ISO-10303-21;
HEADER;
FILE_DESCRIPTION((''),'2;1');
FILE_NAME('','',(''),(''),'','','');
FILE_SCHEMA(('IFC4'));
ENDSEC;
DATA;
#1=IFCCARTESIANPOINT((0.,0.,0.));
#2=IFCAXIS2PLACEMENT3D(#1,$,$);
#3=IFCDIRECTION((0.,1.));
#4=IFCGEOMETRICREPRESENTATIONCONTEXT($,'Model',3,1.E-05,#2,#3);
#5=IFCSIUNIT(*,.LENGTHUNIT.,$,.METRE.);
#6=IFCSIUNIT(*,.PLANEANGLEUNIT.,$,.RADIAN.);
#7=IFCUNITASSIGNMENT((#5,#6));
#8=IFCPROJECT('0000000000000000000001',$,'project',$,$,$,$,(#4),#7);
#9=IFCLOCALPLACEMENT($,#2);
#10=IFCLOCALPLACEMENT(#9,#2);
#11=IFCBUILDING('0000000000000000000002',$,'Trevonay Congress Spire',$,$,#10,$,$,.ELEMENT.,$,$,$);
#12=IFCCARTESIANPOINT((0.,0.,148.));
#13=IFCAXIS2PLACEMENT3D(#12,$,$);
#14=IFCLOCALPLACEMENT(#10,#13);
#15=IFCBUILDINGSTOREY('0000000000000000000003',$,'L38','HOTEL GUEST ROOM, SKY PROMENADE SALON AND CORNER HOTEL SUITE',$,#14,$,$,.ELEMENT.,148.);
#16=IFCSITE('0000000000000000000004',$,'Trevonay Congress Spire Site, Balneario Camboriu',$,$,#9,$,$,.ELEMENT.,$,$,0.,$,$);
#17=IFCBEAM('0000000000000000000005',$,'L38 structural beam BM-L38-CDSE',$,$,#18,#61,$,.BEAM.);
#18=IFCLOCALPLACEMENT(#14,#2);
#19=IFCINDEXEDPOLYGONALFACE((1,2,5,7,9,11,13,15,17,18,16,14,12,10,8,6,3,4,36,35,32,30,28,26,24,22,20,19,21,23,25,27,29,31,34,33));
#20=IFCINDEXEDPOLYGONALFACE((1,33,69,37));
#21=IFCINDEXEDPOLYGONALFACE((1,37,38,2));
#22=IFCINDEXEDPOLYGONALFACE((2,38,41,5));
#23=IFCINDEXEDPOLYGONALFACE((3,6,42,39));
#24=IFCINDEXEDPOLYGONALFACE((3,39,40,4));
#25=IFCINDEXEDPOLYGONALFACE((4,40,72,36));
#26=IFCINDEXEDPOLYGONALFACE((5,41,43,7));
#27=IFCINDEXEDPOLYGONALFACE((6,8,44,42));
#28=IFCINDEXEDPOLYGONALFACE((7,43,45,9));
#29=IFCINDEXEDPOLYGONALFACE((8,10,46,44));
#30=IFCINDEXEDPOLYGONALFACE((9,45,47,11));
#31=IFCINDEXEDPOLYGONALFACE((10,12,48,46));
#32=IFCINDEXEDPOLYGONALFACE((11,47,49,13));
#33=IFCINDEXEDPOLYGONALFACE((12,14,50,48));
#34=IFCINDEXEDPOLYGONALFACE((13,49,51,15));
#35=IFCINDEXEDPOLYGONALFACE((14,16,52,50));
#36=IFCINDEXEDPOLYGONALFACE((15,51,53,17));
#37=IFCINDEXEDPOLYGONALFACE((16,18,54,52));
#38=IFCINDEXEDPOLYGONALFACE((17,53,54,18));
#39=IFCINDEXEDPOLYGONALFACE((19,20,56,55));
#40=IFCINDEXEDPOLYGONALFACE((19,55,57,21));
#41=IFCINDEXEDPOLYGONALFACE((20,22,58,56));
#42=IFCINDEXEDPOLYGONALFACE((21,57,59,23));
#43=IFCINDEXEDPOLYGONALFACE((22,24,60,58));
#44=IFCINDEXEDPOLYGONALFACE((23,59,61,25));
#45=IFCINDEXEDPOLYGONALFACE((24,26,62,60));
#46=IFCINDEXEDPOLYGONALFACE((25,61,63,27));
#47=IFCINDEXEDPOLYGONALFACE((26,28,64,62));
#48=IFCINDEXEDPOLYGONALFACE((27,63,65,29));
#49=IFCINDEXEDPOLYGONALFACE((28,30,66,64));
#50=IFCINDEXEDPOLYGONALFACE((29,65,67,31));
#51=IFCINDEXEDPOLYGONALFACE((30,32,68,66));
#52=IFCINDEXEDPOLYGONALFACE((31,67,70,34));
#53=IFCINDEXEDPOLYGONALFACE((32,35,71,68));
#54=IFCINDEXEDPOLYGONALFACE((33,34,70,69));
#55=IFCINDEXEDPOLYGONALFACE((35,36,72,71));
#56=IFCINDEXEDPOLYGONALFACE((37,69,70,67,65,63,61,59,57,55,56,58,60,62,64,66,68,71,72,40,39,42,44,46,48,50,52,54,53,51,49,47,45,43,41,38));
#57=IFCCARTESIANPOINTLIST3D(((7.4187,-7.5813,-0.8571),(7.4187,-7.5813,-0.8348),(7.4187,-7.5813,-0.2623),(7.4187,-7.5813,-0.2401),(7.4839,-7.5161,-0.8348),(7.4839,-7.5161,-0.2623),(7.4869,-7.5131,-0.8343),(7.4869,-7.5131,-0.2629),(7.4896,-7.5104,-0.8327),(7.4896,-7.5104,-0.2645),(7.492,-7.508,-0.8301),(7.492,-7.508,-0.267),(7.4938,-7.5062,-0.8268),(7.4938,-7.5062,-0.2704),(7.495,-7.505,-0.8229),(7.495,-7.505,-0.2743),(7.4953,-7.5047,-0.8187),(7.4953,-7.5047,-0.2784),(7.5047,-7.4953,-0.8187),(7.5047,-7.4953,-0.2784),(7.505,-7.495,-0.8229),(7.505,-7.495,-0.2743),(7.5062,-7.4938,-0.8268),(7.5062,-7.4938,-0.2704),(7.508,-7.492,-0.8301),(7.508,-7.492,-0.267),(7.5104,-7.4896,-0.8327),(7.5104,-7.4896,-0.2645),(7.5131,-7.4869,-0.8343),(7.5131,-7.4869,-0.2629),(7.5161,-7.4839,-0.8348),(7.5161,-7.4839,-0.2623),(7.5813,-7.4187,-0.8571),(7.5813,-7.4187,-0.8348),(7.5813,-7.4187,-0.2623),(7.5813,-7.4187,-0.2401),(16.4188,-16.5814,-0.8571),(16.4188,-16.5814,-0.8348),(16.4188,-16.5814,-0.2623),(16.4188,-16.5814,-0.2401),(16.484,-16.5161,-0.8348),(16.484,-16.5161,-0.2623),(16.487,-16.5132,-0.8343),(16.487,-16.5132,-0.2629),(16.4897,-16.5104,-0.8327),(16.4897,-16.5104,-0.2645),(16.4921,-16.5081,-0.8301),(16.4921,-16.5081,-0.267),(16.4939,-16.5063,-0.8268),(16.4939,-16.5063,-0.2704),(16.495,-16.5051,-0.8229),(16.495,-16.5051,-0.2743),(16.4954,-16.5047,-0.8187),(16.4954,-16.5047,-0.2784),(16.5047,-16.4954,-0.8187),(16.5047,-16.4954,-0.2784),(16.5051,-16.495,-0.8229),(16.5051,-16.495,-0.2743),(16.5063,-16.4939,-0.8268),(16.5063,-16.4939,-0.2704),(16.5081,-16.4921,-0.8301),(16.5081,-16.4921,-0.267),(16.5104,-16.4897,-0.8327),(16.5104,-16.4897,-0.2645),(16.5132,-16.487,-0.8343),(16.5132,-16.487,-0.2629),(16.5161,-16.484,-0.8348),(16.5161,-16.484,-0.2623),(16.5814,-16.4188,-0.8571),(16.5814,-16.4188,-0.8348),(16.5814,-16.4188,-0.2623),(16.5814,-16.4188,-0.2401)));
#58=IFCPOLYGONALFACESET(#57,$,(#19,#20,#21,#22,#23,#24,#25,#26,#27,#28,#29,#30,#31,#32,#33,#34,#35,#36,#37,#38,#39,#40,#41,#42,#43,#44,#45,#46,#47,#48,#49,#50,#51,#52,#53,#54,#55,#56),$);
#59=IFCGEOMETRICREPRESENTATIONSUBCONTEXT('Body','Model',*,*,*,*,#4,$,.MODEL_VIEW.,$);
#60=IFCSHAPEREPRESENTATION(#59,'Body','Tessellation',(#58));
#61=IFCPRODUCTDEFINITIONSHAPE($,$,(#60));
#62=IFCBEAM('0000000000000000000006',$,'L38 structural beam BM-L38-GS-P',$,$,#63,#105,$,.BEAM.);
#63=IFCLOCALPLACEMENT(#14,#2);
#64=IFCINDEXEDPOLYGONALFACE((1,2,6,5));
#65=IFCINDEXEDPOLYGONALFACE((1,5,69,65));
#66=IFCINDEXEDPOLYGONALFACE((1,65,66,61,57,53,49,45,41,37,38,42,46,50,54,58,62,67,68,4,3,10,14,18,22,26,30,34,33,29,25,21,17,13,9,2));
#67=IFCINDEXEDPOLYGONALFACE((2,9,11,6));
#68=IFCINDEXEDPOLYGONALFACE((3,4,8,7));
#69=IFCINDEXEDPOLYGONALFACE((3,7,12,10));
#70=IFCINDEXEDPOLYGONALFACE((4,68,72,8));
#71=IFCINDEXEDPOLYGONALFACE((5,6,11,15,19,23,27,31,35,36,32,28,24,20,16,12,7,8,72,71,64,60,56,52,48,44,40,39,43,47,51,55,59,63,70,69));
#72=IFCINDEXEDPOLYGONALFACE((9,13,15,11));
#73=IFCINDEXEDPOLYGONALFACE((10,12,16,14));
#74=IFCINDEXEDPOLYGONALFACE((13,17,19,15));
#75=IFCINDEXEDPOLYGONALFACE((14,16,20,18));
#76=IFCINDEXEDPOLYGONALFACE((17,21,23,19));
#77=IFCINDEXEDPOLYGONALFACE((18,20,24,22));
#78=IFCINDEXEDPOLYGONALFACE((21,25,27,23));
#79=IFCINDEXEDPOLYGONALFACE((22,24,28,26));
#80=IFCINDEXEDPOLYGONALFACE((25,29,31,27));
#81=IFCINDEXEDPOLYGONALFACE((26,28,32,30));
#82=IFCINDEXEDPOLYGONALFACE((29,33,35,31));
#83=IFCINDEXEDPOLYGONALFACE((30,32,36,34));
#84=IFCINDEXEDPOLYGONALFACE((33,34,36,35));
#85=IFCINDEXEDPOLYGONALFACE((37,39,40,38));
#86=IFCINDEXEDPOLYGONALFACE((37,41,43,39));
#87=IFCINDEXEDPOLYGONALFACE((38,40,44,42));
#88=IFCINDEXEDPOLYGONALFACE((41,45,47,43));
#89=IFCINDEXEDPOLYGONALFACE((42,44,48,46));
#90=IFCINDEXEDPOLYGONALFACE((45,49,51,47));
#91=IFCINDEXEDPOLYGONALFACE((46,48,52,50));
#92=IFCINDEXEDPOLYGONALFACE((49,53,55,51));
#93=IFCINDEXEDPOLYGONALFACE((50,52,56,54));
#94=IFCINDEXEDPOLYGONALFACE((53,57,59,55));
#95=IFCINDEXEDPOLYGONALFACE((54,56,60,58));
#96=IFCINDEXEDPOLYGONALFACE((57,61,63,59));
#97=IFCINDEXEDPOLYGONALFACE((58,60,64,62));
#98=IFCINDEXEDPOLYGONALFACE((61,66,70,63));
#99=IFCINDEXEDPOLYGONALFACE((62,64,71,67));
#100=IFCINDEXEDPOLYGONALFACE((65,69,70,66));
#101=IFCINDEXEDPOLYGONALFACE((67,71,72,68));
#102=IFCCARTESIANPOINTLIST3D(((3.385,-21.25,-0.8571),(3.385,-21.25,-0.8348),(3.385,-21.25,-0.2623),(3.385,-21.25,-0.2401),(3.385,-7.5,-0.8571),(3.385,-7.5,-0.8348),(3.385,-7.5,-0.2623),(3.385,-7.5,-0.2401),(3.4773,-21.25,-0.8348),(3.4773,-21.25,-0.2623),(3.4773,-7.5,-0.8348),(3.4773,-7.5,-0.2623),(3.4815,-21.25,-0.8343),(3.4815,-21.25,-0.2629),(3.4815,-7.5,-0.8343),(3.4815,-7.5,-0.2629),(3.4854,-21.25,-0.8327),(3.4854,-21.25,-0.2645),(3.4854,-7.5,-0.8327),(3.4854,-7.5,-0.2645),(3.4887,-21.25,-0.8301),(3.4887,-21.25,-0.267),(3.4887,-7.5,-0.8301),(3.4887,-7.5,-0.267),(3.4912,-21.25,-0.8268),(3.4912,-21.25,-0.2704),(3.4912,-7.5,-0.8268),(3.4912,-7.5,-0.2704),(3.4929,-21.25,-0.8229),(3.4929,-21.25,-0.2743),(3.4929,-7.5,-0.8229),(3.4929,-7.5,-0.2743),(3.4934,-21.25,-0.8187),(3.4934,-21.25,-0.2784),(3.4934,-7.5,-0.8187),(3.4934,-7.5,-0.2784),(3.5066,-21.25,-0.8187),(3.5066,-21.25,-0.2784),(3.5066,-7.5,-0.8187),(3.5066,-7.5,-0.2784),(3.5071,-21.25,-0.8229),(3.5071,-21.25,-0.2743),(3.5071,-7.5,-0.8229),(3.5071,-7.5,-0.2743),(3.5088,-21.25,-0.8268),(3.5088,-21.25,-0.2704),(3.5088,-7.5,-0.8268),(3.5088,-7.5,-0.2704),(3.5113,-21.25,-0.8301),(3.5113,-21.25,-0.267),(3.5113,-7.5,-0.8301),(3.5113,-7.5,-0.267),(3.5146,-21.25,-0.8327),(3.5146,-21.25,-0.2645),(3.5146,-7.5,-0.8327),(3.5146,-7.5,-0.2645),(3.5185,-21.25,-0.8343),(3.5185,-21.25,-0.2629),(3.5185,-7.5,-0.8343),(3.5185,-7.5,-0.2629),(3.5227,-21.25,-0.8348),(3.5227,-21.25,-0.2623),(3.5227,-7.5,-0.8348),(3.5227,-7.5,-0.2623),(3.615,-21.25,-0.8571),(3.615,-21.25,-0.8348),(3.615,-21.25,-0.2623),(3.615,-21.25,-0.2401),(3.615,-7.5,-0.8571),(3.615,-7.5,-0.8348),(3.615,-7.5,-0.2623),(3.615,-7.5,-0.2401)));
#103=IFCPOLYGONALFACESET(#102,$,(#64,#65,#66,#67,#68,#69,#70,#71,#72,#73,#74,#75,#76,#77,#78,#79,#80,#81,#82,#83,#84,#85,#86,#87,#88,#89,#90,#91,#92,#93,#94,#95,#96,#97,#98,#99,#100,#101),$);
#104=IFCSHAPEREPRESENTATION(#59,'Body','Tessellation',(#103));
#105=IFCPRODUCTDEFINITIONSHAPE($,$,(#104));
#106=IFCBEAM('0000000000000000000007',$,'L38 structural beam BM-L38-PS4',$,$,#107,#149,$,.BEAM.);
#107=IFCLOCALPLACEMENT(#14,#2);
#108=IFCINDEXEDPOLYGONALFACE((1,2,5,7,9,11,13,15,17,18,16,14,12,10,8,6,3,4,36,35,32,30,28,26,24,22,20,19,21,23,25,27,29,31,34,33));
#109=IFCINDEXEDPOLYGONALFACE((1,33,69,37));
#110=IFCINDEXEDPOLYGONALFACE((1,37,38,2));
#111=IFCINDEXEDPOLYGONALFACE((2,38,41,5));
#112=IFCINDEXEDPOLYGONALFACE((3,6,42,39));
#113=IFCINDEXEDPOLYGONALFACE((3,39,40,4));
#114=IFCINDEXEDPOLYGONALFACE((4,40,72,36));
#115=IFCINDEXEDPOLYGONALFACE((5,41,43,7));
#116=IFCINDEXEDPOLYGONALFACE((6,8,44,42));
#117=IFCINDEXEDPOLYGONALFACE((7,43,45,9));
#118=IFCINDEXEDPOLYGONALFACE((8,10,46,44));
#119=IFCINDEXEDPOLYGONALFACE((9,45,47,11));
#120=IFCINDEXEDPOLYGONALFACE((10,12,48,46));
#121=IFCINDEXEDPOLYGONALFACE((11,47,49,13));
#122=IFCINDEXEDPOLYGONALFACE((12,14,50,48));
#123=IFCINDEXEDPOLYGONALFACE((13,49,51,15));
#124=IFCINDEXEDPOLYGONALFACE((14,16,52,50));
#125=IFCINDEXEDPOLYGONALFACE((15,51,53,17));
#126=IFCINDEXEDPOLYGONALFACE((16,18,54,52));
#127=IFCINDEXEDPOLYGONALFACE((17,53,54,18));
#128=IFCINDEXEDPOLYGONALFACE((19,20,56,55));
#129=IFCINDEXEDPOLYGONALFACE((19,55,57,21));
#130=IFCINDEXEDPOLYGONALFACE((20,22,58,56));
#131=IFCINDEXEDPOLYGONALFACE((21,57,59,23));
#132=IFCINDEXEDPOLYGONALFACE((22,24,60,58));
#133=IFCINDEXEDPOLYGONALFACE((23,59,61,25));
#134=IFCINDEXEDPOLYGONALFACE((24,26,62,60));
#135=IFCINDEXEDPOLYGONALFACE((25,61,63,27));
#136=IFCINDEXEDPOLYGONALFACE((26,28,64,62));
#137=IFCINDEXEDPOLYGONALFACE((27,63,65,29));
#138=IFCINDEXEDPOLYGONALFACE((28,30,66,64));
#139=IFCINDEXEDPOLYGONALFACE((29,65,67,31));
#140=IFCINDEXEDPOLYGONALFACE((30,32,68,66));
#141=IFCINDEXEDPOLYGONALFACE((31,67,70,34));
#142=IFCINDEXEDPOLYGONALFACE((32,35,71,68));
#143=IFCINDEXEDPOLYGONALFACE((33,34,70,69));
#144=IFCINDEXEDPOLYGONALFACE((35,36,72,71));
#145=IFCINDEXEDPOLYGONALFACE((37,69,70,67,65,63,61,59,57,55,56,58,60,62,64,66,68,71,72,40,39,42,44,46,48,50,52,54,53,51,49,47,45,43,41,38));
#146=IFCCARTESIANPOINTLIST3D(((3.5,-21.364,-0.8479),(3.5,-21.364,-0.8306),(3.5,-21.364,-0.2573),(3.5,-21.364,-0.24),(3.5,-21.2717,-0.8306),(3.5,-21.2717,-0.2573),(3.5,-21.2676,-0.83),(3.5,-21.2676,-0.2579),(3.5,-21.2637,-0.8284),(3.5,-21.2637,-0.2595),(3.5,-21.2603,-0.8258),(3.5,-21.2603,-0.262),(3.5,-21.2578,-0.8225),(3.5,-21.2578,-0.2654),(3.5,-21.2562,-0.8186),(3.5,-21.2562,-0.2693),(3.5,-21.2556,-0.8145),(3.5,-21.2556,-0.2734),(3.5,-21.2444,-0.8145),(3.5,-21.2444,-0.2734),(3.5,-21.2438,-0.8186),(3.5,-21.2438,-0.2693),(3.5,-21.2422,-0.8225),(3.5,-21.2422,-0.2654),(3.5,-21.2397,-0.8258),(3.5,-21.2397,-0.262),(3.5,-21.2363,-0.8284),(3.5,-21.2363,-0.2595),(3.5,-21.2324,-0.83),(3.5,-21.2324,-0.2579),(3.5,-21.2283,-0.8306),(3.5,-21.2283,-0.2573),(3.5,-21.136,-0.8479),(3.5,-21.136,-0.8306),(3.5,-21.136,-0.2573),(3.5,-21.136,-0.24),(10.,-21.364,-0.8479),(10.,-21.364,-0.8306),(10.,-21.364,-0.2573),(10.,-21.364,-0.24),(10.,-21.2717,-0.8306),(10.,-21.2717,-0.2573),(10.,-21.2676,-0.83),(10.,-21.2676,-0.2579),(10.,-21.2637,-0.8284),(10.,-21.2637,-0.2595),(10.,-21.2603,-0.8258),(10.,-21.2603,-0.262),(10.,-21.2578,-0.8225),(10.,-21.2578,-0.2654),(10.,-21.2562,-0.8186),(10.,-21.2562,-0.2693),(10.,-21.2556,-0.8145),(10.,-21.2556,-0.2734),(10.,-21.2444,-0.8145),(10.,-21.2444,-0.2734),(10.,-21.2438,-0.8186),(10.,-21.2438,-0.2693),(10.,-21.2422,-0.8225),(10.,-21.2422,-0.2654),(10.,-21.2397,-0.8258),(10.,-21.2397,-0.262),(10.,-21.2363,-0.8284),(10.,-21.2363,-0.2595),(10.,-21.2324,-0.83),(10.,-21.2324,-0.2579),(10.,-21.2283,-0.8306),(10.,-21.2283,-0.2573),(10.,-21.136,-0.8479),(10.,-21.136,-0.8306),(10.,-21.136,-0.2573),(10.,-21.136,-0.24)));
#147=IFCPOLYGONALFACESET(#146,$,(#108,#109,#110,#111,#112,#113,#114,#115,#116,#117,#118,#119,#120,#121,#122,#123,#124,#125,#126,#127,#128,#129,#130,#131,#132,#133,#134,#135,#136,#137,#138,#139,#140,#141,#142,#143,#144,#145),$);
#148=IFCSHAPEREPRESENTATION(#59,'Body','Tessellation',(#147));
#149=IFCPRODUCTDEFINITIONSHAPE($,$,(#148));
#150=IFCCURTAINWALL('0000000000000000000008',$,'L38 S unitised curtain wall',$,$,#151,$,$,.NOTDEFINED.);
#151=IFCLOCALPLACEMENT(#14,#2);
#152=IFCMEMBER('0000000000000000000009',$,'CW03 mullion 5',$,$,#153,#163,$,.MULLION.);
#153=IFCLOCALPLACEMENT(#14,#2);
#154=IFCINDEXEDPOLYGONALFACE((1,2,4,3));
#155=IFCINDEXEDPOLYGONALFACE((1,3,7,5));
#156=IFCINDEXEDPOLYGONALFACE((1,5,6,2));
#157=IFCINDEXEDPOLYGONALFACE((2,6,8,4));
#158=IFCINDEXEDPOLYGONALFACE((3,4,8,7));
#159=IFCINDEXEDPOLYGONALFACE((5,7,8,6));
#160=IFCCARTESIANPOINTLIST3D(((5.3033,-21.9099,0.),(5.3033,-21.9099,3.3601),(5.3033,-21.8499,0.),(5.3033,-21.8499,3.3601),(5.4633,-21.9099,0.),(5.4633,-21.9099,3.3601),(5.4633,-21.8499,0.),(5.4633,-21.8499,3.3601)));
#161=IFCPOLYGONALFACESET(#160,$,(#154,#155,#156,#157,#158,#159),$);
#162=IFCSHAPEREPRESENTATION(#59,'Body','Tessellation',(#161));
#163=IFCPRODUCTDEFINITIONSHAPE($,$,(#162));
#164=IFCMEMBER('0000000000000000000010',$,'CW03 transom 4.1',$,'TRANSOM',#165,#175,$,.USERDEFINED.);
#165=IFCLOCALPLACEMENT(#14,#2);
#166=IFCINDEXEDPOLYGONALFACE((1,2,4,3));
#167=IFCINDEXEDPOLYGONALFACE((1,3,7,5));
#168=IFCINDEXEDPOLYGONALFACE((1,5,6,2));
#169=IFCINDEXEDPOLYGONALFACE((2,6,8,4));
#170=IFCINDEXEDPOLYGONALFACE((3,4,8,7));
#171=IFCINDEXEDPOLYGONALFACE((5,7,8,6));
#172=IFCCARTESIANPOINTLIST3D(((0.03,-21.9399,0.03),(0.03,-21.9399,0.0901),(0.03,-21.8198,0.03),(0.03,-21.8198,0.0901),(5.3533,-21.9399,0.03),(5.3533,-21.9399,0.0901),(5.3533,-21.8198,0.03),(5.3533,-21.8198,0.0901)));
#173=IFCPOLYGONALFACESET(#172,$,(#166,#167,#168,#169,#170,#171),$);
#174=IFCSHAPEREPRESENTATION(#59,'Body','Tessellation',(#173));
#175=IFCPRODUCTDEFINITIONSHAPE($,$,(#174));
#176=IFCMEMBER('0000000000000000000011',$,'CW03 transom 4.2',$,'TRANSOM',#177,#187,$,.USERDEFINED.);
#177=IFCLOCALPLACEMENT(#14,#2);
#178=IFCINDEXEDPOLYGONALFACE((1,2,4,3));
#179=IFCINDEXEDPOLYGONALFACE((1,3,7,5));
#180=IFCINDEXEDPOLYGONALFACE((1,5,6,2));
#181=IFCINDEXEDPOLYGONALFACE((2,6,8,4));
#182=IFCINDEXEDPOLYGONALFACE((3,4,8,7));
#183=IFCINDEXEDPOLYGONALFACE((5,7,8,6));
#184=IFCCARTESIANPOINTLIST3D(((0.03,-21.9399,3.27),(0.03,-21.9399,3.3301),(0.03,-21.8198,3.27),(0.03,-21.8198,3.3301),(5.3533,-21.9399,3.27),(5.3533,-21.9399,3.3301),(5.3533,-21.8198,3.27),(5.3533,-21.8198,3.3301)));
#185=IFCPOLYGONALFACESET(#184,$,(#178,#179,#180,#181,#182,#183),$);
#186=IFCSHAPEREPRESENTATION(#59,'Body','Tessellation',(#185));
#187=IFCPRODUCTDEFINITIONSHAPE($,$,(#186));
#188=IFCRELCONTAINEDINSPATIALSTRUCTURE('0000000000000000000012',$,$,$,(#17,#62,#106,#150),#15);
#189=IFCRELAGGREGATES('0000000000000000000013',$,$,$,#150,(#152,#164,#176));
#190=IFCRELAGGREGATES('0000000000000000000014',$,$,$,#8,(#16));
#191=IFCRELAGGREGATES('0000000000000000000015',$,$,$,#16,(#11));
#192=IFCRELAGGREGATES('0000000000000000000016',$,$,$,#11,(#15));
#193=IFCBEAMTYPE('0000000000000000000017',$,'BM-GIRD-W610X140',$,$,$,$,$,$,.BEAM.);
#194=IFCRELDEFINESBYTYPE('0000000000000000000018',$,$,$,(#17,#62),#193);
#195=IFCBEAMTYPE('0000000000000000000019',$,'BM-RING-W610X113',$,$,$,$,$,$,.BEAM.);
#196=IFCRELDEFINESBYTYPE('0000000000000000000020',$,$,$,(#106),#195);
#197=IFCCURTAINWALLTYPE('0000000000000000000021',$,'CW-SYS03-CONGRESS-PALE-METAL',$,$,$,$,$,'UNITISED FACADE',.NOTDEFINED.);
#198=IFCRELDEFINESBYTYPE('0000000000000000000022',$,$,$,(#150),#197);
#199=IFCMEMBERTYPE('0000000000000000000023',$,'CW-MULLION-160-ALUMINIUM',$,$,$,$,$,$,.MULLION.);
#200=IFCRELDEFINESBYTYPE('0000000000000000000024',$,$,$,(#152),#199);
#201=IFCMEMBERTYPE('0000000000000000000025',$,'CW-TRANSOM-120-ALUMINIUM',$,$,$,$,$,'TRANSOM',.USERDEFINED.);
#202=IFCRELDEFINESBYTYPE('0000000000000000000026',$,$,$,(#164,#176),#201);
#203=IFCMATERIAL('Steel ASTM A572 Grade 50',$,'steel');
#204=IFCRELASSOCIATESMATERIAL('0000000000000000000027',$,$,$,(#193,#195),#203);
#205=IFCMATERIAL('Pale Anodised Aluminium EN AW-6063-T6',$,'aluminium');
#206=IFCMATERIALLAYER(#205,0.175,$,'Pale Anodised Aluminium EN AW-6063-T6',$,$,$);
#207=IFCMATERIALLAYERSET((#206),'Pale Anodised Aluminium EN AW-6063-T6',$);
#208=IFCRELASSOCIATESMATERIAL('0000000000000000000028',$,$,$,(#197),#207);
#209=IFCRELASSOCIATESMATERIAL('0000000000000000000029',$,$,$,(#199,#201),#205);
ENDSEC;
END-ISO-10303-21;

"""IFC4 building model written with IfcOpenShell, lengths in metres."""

from ifc_helpers import new_model, si_unit, direction, frame, origin, origin_2d, place, context, subcontext, project, spatial, rectangle, i_section, extrude, material, layer, layer_set, material_profile, profile_set, type_object, element, aggregate, save


model = new_model("IFC4")

# Units and contexts
model_context = context("Model", 3, precision=1e-05, world=origin(), true_north=direction((0.0, 1.0)))
body_context = subcontext(model_context, "Body", "Model", "MODEL_VIEW")
ifc_project = project(units=[si_unit("LENGTHUNIT", "METRE"), si_unit("PLANEANGLEUNIT", "RADIAN")], contexts=[model_context])

# Site, building, storey
site_placement = place(None, origin())
site = spatial("IfcSite", under=ifc_project, at=site_placement, Name="Trevonay Congress Spire Site, Balneario Camboriu", CompositionType="ELEMENT", RefElevation=0.0)
building_placement = place(site_placement, origin())
building = spatial("IfcBuilding", under=site, at=building_placement, Name="Trevonay Congress Spire", CompositionType="ELEMENT")
storey_placement = place(building_placement, frame((0.0, 0.0, 148.0)))
storey = spatial("IfcBuildingStorey", under=building, at=storey_placement, Name="L38", Description="HOTEL GUEST ROOM, SKY PROMENADE SALON AND CORNER HOTEL SUITE", CompositionType="ELEMENT", Elevation=148.0)

# Shared definitions
ifc_material_1 = material(Name="Steel ASTM A572 Grade 50", Category="steel")

# Beams
ifc_material_profile_1 = material_profile(ifc_material_1, i_section(OverallWidth=0.23, OverallDepth=0.6169, WebThickness=0.0132, FlangeThickness=0.0222, FilletRadius=0.0161, at=origin_2d()), Name="W610x140")
ifc_profile_set_1 = profile_set([ifc_material_profile_1], Name="Steel ASTM A572 Grade 50")
beam_type_1 = type_object("IfcBeamType", Name="BM-GIRD-W610X140", PredefinedType="BEAM", material=ifc_profile_set_1)
beam_1_placement = place(storey_placement, frame((7.5, -7.5, -0.5486), z_axis=(0.707107, -0.707107, 0.0), x_axis=(0.707107, 0.707107, 0.0)))
element("IfcBeam", 1, at=beam_1_placement, inside=storey, type_object=beam_type_1, Name="L38 structural beam BM-L38-CDSE", PredefinedType="BEAM", context=body_context, shape_type="SweptSolid", body=[
    extrude(i_section(OverallWidth=0.23, OverallDepth=0.6169, WebThickness=0.0132, FlangeThickness=0.0222, FilletRadius=0.0161, at=origin_2d()), origin(), (0.0, 0.0, 1.0), 12.728),
])
beam_2_placement = place(storey_placement, frame((3.5, -7.5, -0.5486), z_axis=(0.0, -1.0, 0.0), x_axis=(1.0, 0.0, 0.0)))
element("IfcBeam", 2, at=beam_2_placement, inside=storey, type_object=beam_type_1, Name="L38 structural beam BM-L38-GS-P", PredefinedType="BEAM", context=body_context, shape_type="SweptSolid", body=[
    extrude(i_section(OverallWidth=0.23, OverallDepth=0.6169, WebThickness=0.0132, FlangeThickness=0.0222, FilletRadius=0.0161, at=origin_2d()), origin(), (0.0, 0.0, 1.0), 13.75),
])
ifc_material_profile_2 = material_profile(ifc_material_1, i_section(OverallWidth=0.228, OverallDepth=0.6079, WebThickness=0.0112, FlangeThickness=0.0173, FilletRadius=0.0161, at=origin_2d()), Name="W610x113")
ifc_profile_set_2 = profile_set([ifc_material_profile_2], Name="Steel ASTM A572 Grade 50")
beam_type_2 = type_object("IfcBeamType", Name="BM-RING-W610X113", PredefinedType="BEAM", material=ifc_profile_set_2)
beam_3_placement = place(storey_placement, frame((3.5, -21.25, -0.5439), z_axis=(1.0, 0.0, 0.0), x_axis=(0.0, 1.0, 0.0)))
element("IfcBeam", 3, at=beam_3_placement, inside=storey, type_object=beam_type_2, Name="L38 structural beam BM-L38-PS4", PredefinedType="BEAM", context=body_context, shape_type="SweptSolid", body=[
    extrude(i_section(OverallWidth=0.228, OverallDepth=0.6079, WebThickness=0.0112, FlangeThickness=0.0173, FilletRadius=0.0161, at=origin_2d()), origin(), (0.0, 0.0, 1.0), 6.5),
])

# Curtain wall, members
ifc_material_2 = material(Name="Pale Anodised Aluminium EN AW-6063-T6", Category="aluminium")
ifc_layer_1 = layer(ifc_material_2, 0.175, Name="Pale Anodised Aluminium EN AW-6063-T6")
ifc_layer_set_1 = layer_set([ifc_layer_1], Name="Pale Anodised Aluminium EN AW-6063-T6")
curtain_wall_type = type_object("IfcCurtainWallType", Name="CW-SYS03-CONGRESS-PALE-METAL", ElementType="UNITISED FACADE", PredefinedType="NOTDEFINED", material=ifc_layer_set_1)
curtain_wall_placement = place(storey_placement, origin())
curtain_wall = element("IfcCurtainWall", 4, at=curtain_wall_placement, inside=storey, type_object=curtain_wall_type, Name="L38 S unitised curtain wall", PredefinedType="NOTDEFINED")
ifc_material_profile_3 = material_profile(ifc_material_2, rectangle(XDim=0.0601, YDim=0.1599, at=origin_2d()), Name="CW-MULLION-160-ALUMINIUM")
ifc_profile_set_3 = profile_set([ifc_material_profile_3], Name="Pale Anodised Aluminium EN AW-6063-T6")
member_type_1 = type_object("IfcMemberType", Name="CW-MULLION-160-ALUMINIUM", PredefinedType="MULLION", material=ifc_profile_set_3)
member_1_placement = place(storey_placement, frame((5.3833, -21.8799, 0.0), z_axis=(0.0, 0.0, 1.0), x_axis=(0.0, 1.0, 0.0)))
member_1 = element("IfcMember", 5, at=member_1_placement, type_object=member_type_1, Name="CW03 mullion 5", PredefinedType="MULLION", context=body_context, shape_type="SweptSolid", body=[
    extrude(rectangle(XDim=0.0601, YDim=0.1599, at=origin_2d()), origin(), (0.0, 0.0, 1.0), 3.3601),
])
ifc_material_profile_4 = material_profile(ifc_material_2, rectangle(XDim=0.1201, YDim=0.0601, at=origin_2d()), Name="CW-TRANSOM-120-ALUMINIUM")
ifc_profile_set_4 = profile_set([ifc_material_profile_4], Name="Pale Anodised Aluminium EN AW-6063-T6")
member_type_2 = type_object("IfcMemberType", Name="CW-TRANSOM-120-ALUMINIUM", ElementType="TRANSOM", PredefinedType="USERDEFINED", material=ifc_profile_set_4)
member_2_placement = place(storey_placement, frame((0.03, -21.8799, 0.0601), z_axis=(1.0, 0.0, 0.0), x_axis=(0.0, 1.0, 0.0)))
member_2 = element("IfcMember", 6, at=member_2_placement, type_object=member_type_2, Name="CW03 transom 4.1", ObjectType="TRANSOM", PredefinedType="USERDEFINED", context=body_context, shape_type="SweptSolid", body=[
    extrude(rectangle(XDim=0.1201, YDim=0.0601, at=origin_2d()), origin(), (0.0, 0.0, 1.0), 5.3232),
])
member_3_placement = place(storey_placement, frame((0.03, -21.8799, 3.3), z_axis=(1.0, 0.0, 0.0), x_axis=(0.0, 1.0, 0.0)))
member_3 = element("IfcMember", 7, at=member_3_placement, type_object=member_type_2, Name="CW03 transom 4.2", ObjectType="TRANSOM", PredefinedType="USERDEFINED", context=body_context, shape_type="SweptSolid", body=[
    extrude(rectangle(XDim=0.1201, YDim=0.0601, at=origin_2d()), origin(), (0.0, 0.0, 1.0), 5.3232),
])
aggregate(curtain_wall, [member_1, member_2, member_3])

save(model, "model.ifc")
